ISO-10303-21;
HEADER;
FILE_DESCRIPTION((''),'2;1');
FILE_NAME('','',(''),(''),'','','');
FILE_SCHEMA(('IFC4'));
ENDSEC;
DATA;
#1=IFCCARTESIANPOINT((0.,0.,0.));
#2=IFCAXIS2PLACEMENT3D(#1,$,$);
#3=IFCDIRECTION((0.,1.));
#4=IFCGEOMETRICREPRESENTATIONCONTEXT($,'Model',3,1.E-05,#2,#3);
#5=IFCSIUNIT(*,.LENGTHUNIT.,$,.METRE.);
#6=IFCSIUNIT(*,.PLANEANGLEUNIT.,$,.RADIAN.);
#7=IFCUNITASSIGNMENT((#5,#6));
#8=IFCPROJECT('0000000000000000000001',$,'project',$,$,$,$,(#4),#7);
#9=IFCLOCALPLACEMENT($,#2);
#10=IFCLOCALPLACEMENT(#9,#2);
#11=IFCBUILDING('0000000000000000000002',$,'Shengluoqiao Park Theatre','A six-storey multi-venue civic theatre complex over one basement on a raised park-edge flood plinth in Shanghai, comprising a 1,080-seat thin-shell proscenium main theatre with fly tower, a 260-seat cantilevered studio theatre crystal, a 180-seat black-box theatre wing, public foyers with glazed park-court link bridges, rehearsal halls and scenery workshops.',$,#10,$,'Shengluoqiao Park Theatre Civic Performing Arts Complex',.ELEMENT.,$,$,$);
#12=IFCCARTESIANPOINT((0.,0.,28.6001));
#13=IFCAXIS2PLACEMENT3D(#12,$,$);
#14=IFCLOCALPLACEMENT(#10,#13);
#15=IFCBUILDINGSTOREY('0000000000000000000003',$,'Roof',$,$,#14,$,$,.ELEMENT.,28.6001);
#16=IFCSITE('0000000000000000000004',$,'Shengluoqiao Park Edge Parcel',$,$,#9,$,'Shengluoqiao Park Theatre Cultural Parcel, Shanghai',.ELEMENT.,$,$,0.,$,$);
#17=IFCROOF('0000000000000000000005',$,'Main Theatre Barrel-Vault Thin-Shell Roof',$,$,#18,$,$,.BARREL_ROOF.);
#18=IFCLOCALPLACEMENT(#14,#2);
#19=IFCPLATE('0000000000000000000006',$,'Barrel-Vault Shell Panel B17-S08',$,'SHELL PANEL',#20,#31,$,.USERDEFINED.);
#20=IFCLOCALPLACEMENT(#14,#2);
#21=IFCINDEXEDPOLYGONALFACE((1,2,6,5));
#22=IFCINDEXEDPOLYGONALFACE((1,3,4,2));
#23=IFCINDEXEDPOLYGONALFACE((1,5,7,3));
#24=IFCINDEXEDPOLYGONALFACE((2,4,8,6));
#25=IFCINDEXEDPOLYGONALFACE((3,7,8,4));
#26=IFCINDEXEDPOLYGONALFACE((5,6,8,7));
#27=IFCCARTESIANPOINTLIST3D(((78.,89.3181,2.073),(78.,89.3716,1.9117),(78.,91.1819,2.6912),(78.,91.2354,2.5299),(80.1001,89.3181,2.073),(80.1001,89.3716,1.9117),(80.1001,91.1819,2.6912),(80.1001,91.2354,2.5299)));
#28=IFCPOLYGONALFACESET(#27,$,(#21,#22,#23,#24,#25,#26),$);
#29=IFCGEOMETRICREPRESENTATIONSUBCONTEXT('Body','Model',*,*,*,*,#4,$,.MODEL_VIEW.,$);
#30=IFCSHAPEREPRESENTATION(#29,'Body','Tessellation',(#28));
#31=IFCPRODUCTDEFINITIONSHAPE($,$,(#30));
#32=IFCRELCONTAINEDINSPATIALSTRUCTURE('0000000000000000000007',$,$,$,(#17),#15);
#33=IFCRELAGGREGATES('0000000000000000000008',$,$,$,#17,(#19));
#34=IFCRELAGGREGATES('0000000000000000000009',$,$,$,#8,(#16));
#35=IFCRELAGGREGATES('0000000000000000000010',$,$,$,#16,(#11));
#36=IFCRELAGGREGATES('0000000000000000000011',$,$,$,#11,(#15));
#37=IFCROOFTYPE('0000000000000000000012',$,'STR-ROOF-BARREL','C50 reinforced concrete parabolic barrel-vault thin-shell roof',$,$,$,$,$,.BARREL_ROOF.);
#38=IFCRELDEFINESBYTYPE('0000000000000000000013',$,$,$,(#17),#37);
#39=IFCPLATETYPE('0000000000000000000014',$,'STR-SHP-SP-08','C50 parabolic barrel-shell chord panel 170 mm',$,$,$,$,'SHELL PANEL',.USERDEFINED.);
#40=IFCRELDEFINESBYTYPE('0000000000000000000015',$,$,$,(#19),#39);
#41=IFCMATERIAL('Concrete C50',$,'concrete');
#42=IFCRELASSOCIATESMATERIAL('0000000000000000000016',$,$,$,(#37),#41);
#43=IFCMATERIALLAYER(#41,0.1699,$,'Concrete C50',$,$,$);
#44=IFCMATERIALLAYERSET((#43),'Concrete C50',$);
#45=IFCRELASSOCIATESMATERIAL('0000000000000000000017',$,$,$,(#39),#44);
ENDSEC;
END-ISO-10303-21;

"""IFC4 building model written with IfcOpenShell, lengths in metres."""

from ifc_helpers import new_model, si_unit, direction, frame, origin, place, context, subcontext, project, spatial, polyline, outline, extrude, material, layer, layer_set, type_object, element, aggregate, save


model = new_model("IFC4")

# Units and contexts
model_context = context("Model", 3, precision=1e-05, world=origin(), true_north=direction((0.0, 1.0)))
body_context = subcontext(model_context, "Body", "Model", "MODEL_VIEW")
ifc_project = project(units=[si_unit("LENGTHUNIT", "METRE"), si_unit("PLANEANGLEUNIT", "RADIAN")], contexts=[model_context])

# Site, building, storey
site_placement = place(None, origin())
site = spatial("IfcSite", under=ifc_project, at=site_placement, Name="Shengluoqiao Park Edge Parcel", LongName="Shengluoqiao Park Theatre Cultural Parcel, Shanghai", CompositionType="ELEMENT", RefElevation=0.0)
building_placement = place(site_placement, origin())
building = spatial("IfcBuilding", under=site, at=building_placement, Name="Shengluoqiao Park Theatre", Description="A six-storey multi-venue civic theatre complex over one basement on a raised park-edge flood plinth in Shanghai, comprising a 1,080-seat thin-shell proscenium main theatre with fly tower, a 260-seat cantilevered studio theatre crystal, a 180-seat black-box theatre wing, public foyers with glazed park-court link bridges, rehearsal halls and scenery workshops.", LongName="Shengluoqiao Park Theatre Civic Performing Arts Complex", CompositionType="ELEMENT")
storey_placement = place(building_placement, frame((0.0, 0.0, 28.6001)))
storey = spatial("IfcBuildingStorey", under=building, at=storey_placement, Name="Roof", CompositionType="ELEMENT", Elevation=28.6001)

# Shared definitions
ifc_material_1 = material(Name="Concrete C50", Category="concrete")

# Roof, plate
roof_type = type_object("IfcRoofType", Name="STR-ROOF-BARREL", Description="C50 reinforced concrete parabolic barrel-vault thin-shell roof", PredefinedType="BARREL_ROOF", material=ifc_material_1)
roof_placement = place(storey_placement, origin())
roof = element("IfcRoof", 1, at=roof_placement, inside=storey, type_object=roof_type, Name="Main Theatre Barrel-Vault Thin-Shell Roof", PredefinedType="BARREL_ROOF")
ifc_layer_1 = layer(ifc_material_1, 0.1699, Name="Concrete C50")
ifc_layer_set_1 = layer_set([ifc_layer_1], Name="Concrete C50")
plate_type_1 = type_object("IfcPlateType", Name="STR-SHP-SP-08", Description="C50 parabolic barrel-shell chord panel 170 mm", ElementType="SHELL PANEL", PredefinedType="USERDEFINED", material=ifc_layer_set_1)
plate_1_placement = place(storey_placement, frame((78.0, 89.3181, 2.073), z_axis=(0.0, -0.31481, 0.949155), x_axis=(1.0, 0.0, 0.0)))
plate_1 = element("IfcPlate", 2, at=plate_1_placement, type_object=plate_type_1, Name="Barrel-Vault Shell Panel B17-S08", ObjectType="SHELL PANEL", PredefinedType="USERDEFINED", context=body_context, shape_type="SweptSolid", body=[
    extrude(outline(polyline([(0.0, 0.0), (2.1001, 0.0), (2.1001, 1.9636), (0.0, 1.9636), (0.0, 0.0)])), origin(), (0.0, 0.0, -1.0), 0.1699),
])
aggregate(roof, [plate_1])

save(model, "model.ifc")
